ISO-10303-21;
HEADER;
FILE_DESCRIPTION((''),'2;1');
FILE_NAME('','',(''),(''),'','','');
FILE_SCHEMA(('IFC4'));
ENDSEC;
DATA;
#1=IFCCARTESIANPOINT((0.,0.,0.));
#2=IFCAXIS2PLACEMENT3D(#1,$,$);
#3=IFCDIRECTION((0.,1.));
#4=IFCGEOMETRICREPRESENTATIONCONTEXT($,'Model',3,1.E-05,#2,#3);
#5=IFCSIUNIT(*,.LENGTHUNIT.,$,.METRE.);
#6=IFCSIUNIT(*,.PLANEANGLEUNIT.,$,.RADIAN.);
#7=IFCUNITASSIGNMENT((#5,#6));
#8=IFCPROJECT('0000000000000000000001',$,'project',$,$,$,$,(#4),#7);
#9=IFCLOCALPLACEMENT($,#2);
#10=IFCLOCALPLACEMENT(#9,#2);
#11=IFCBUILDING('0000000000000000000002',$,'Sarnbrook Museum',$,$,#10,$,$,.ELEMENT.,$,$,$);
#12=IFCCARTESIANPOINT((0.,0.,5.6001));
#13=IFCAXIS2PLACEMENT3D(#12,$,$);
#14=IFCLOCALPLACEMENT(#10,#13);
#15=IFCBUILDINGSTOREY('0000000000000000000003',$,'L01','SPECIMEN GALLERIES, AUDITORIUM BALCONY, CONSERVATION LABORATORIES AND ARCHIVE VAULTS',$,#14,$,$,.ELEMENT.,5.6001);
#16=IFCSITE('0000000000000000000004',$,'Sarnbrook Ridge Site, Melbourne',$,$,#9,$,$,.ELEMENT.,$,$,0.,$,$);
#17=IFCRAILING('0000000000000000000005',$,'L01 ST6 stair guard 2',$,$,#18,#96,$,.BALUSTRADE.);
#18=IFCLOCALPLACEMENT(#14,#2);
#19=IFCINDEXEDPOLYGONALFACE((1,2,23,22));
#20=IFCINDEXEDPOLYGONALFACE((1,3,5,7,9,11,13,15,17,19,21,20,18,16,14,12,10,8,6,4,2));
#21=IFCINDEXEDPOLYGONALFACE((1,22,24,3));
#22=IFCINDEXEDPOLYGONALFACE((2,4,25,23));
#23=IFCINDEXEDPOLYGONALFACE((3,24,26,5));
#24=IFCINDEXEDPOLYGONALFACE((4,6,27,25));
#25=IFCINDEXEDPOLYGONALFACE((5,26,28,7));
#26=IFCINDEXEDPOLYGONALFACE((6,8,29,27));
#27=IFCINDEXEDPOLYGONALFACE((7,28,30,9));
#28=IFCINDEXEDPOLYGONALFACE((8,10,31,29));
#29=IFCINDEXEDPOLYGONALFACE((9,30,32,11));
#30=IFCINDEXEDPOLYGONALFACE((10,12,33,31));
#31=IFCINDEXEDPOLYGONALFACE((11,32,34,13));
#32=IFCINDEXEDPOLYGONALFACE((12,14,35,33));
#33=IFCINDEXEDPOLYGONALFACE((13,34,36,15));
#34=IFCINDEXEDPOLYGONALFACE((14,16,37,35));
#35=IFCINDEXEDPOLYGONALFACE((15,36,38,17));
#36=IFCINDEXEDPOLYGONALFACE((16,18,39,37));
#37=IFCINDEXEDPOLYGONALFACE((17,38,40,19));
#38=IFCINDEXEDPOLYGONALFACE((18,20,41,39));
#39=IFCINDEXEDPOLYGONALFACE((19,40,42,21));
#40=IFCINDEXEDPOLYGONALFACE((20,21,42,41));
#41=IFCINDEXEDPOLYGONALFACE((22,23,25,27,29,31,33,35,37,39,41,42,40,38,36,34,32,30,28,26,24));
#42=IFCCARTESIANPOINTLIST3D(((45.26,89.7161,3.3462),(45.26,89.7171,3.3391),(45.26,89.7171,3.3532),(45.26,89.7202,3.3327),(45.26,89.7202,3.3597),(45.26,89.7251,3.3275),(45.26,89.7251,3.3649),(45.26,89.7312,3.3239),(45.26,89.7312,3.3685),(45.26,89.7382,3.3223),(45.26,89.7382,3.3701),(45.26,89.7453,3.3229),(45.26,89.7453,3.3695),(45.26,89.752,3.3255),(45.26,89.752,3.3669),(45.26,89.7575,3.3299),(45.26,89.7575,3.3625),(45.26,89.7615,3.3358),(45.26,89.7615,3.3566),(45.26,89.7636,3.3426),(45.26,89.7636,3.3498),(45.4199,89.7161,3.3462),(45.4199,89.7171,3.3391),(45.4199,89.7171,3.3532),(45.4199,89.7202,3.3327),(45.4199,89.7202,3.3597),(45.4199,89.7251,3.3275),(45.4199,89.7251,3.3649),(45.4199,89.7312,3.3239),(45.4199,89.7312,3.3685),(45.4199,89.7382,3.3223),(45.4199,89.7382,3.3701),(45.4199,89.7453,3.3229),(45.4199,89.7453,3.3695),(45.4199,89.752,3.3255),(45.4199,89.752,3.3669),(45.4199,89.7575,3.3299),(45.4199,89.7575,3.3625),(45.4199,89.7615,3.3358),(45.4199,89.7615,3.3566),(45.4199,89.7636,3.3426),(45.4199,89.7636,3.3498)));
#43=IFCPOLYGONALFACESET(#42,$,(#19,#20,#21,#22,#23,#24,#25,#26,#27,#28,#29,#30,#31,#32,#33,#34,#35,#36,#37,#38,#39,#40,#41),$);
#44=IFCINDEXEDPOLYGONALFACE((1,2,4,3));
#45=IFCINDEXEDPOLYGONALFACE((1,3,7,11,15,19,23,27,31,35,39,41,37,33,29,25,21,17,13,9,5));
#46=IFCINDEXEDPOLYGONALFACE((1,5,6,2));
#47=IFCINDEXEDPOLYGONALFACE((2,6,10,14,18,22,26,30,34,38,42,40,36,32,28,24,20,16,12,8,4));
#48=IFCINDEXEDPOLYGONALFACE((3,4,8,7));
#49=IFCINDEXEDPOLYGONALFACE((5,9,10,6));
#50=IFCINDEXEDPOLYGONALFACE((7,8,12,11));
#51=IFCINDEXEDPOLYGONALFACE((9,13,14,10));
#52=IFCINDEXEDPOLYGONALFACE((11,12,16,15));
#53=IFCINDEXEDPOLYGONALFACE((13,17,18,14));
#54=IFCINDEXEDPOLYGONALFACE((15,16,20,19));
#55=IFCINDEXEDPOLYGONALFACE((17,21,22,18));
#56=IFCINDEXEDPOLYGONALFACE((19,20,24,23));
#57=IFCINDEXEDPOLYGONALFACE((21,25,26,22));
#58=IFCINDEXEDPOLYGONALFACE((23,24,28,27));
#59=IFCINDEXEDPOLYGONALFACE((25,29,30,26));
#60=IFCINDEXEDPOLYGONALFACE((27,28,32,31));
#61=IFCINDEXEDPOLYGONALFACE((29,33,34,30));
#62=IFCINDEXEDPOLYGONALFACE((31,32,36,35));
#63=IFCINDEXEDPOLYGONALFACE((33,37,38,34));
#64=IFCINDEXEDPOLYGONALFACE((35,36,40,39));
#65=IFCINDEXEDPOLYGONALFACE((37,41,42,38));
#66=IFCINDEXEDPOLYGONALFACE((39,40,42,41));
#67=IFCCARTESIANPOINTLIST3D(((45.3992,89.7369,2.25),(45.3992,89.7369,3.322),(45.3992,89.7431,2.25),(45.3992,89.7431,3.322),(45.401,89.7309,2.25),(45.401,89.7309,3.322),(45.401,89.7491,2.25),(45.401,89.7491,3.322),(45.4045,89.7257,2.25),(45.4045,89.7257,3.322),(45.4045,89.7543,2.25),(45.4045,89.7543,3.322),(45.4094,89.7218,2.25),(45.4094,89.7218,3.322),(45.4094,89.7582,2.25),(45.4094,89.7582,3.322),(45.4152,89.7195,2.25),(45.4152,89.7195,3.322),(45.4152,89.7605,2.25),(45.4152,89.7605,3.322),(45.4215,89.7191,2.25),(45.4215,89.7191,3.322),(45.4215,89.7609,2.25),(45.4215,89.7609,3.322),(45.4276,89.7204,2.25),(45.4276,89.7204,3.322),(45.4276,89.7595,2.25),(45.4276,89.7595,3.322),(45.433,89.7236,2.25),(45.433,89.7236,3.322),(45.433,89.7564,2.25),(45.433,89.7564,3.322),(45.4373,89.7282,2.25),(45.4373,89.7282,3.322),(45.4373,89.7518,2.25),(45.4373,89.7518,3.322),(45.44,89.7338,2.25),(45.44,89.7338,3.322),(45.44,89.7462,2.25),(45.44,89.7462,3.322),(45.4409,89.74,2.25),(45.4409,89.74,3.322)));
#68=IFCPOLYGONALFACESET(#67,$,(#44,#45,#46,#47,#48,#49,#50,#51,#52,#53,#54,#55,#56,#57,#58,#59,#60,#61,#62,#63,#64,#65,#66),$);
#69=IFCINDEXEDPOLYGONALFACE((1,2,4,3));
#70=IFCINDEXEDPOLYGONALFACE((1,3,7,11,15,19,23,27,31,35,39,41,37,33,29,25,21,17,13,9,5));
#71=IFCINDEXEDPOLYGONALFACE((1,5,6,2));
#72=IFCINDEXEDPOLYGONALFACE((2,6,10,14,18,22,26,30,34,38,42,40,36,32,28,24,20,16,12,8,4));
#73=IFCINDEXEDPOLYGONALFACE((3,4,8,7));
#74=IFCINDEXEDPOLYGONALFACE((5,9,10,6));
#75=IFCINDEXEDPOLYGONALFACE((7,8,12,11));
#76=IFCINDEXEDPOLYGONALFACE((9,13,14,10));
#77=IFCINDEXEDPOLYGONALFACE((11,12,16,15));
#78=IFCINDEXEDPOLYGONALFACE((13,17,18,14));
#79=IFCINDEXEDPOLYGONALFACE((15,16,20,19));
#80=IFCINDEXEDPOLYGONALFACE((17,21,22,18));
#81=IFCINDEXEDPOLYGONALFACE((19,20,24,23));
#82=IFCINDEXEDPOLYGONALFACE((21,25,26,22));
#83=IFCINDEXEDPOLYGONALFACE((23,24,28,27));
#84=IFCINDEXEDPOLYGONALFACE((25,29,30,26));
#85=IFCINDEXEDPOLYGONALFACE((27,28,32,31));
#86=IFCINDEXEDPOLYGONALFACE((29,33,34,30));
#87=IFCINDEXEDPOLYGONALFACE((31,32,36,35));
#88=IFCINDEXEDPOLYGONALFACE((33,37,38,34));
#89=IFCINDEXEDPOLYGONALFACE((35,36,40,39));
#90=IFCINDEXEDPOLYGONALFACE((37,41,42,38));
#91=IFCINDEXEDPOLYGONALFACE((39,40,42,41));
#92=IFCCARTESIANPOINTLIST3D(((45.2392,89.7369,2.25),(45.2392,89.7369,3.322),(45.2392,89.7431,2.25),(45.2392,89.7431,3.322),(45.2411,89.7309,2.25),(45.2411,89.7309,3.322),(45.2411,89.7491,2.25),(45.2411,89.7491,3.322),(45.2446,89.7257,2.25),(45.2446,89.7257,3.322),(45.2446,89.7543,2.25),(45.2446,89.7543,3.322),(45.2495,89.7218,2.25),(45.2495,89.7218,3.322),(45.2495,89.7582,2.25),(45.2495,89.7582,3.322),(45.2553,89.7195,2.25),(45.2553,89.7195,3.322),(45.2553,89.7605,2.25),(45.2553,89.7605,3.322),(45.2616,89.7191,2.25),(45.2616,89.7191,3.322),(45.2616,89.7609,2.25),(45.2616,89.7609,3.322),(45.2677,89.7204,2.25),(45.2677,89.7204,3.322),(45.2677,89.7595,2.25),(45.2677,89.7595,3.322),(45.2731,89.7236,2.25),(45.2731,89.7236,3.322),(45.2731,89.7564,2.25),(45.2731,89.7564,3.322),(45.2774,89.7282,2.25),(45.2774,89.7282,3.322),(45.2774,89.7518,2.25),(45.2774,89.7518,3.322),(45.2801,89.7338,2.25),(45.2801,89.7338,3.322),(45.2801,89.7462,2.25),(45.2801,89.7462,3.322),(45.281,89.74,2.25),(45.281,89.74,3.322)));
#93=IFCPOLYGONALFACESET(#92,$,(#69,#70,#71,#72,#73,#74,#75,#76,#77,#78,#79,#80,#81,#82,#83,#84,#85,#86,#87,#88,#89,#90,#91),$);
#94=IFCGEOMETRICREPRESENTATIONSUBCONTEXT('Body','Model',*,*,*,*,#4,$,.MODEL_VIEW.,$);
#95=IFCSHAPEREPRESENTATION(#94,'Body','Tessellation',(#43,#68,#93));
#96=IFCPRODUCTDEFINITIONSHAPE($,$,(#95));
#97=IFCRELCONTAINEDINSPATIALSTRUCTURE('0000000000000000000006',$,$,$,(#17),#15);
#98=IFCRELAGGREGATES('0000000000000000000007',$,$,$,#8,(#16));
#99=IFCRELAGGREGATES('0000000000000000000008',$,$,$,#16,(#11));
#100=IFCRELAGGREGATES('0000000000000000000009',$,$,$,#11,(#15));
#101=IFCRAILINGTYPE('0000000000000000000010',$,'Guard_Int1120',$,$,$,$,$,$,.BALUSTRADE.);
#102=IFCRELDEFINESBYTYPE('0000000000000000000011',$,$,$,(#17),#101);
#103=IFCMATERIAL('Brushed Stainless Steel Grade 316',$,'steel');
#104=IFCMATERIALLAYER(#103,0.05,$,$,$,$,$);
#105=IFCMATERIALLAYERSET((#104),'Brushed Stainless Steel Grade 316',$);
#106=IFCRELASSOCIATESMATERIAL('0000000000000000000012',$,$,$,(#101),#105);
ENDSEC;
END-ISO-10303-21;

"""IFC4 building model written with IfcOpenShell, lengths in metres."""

from ifc_helpers import new_model, si_unit, direction, frame, origin, origin_2d, place, context, subcontext, project, spatial, circle, extrude, material, layer, layer_set, type_object, element, save


model = new_model("IFC4")

# Units and contexts
model_context = context("Model", 3, precision=1e-05, world=origin(), true_north=direction((0.0, 1.0)))
body_context = subcontext(model_context, "Body", "Model", "MODEL_VIEW")
ifc_project = project(units=[si_unit("LENGTHUNIT", "METRE"), si_unit("PLANEANGLEUNIT", "RADIAN")], contexts=[model_context])

# Site, building, storey
site_placement = place(None, origin())
site = spatial("IfcSite", under=ifc_project, at=site_placement, Name="Sarnbrook Ridge Site, Melbourne", CompositionType="ELEMENT", RefElevation=0.0)
building_placement = place(site_placement, origin())
building = spatial("IfcBuilding", under=site, at=building_placement, Name="Sarnbrook Museum", CompositionType="ELEMENT")
storey_placement = place(building_placement, frame((0.0, 0.0, 5.6001)))
storey = spatial("IfcBuildingStorey", under=building, at=storey_placement, Name="L01", Description="SPECIMEN GALLERIES, AUDITORIUM BALCONY, CONSERVATION LABORATORIES AND ARCHIVE VAULTS", CompositionType="ELEMENT", Elevation=5.6001)

# Railing
ifc_material_1 = material(Name="Brushed Stainless Steel Grade 316", Category="steel")
ifc_layer_1 = layer(ifc_material_1, 0.05)
ifc_layer_set_1 = layer_set([ifc_layer_1], Name="Brushed Stainless Steel Grade 316")
railing_type_1 = type_object("IfcRailingType", Name="Guard_Int1120", PredefinedType="BALUSTRADE", material=ifc_layer_set_1)
railing_1_placement = place(storey_placement, frame((45.4199, 89.74, 2.25)))
element("IfcRailing", 1, at=railing_1_placement, inside=storey, type_object=railing_type_1, Name="L01 ST6 stair guard 2", PredefinedType="BALUSTRADE", context=body_context, shape_type="SweptSolid", body=[
    extrude(circle(Radius=0.0239, at=origin_2d()), frame((0.0, 0.0, 1.0962), z_axis=(-1.0, 0.0, 0.0), x_axis=(0.0, -1.0, 0.0)), (0.0, 0.0, 1.0), 0.1599),
    extrude(circle(Radius=0.021, at=origin_2d()), origin(), (0.0, 0.0, 1.0), 1.072),
    extrude(circle(Radius=0.021, at=origin_2d()), frame((-0.1599, 0.0, 0.0)), (0.0, 0.0, 1.0), 1.072),
])

save(model, "model.ifc")
